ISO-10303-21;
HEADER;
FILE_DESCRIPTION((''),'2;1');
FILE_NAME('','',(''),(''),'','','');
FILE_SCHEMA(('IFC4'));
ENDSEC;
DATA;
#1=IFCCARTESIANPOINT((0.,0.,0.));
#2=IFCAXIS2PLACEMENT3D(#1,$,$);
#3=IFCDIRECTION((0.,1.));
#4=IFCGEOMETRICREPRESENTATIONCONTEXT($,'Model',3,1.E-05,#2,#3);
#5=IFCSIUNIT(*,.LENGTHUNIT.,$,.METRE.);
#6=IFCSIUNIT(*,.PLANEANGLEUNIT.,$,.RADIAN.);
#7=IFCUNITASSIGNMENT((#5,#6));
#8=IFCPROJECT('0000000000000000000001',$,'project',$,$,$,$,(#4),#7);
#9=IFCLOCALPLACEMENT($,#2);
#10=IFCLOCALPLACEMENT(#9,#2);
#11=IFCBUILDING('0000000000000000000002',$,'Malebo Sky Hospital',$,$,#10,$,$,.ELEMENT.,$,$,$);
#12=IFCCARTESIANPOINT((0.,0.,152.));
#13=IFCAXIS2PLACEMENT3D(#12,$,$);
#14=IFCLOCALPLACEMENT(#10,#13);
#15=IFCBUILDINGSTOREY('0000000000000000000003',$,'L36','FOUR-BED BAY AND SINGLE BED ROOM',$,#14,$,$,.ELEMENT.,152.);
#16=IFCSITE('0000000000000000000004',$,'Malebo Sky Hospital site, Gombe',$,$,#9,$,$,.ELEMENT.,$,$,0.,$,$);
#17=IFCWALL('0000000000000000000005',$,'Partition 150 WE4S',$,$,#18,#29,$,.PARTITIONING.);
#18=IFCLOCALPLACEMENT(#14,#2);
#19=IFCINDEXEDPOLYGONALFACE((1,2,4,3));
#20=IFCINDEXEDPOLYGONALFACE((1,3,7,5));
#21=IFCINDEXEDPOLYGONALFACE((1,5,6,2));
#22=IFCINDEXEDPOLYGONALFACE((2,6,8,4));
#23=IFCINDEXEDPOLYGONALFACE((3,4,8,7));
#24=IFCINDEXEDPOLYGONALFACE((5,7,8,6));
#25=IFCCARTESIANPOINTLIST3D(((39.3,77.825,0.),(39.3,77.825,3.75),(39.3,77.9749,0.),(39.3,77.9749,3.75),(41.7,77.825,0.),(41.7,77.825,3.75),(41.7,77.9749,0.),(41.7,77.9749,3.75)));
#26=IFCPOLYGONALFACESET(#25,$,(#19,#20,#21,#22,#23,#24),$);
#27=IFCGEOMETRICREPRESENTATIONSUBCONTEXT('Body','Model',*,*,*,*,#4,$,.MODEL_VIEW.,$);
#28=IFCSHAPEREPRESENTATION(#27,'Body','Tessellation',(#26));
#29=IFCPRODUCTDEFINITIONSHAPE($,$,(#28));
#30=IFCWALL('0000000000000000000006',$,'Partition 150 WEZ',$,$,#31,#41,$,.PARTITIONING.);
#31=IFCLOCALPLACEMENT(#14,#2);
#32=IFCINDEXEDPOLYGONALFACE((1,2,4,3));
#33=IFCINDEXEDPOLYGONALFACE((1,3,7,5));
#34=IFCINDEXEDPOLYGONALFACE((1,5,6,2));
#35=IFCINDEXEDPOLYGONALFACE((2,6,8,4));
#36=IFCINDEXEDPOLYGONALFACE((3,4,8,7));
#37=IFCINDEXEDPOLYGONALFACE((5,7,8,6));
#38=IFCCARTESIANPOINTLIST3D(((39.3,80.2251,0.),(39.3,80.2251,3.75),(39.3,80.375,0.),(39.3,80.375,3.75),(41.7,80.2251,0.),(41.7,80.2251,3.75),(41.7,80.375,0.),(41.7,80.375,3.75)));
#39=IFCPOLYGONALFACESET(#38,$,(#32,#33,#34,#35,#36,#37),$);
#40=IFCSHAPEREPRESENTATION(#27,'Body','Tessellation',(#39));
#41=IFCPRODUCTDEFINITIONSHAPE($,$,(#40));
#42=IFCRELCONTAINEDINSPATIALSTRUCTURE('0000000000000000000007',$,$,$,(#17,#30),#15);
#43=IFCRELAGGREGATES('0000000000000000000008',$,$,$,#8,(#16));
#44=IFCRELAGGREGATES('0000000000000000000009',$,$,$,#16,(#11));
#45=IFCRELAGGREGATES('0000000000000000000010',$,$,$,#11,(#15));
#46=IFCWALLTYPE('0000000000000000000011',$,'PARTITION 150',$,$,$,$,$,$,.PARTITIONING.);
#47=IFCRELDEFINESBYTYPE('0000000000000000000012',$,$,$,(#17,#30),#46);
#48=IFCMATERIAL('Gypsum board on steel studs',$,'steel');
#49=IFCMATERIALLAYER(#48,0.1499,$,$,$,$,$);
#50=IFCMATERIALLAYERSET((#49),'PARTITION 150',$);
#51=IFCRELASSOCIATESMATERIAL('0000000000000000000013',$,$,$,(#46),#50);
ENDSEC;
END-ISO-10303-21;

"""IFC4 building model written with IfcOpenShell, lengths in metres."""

from ifc_helpers import new_model, si_unit, direction, frame, frame_2d, origin, place, context, subcontext, project, spatial, rectangle, extrude, material, layer, layer_set, type_object, element, save


model = new_model("IFC4")

# Units and contexts
model_context = context("Model", 3, precision=1e-05, world=origin(), true_north=direction((0.0, 1.0)))
body_context = subcontext(model_context, "Body", "Model", "MODEL_VIEW")
ifc_project = project(units=[si_unit("LENGTHUNIT", "METRE"), si_unit("PLANEANGLEUNIT", "RADIAN")], contexts=[model_context])

# Site, building, storey
site_placement = place(None, origin())
site = spatial("IfcSite", under=ifc_project, at=site_placement, Name="Malebo Sky Hospital site, Gombe", CompositionType="ELEMENT", RefElevation=0.0)
building_placement = place(site_placement, origin())
building = spatial("IfcBuilding", under=site, at=building_placement, Name="Malebo Sky Hospital", CompositionType="ELEMENT")
storey_placement = place(building_placement, frame((0.0, 0.0, 152.0)))
storey = spatial("IfcBuildingStorey", under=building, at=storey_placement, Name="L36", Description="FOUR-BED BAY AND SINGLE BED ROOM", CompositionType="ELEMENT", Elevation=152.0)

# Shared definitions
ifc_material_1 = material(Name="Gypsum board on steel studs", Category="steel")

# Shared definitions
ifc_layer_1 = layer(ifc_material_1, 0.1499)
ifc_layer_set_1 = layer_set([ifc_layer_1], Name="PARTITION 150")
wall_type_1 = type_object("IfcWallType", Name="PARTITION 150", PredefinedType="PARTITIONING", material=ifc_layer_set_1)

# Walls
for number, where, z_axis, x_axis, name in (
    (1, (41.7, 77.8999, 0.0), (0.0, 0.0, 1.0), (-1.0, 0.0, 0.0), "Partition 150 WE4S"),
    (2, (41.7, 80.3, 0.0), (0.0, 0.0, 1.0), (-1.0, 0.0, 0.0), "Partition 150 WEZ"),
):
    element("IfcWall", number, at=place(storey_placement, frame(where, z_axis=z_axis, x_axis=x_axis)), inside=storey, type_object=wall_type_1, Name=name, PredefinedType="PARTITIONING", context=body_context, shape_type="SweptSolid", body=[
        extrude(rectangle(XDim=2.3999, YDim=0.1499, at=frame_2d((1.2, 0.0))), origin(), (0.0, 0.0, 1.0), 3.75),
    ])

save(model, "model.ifc")
